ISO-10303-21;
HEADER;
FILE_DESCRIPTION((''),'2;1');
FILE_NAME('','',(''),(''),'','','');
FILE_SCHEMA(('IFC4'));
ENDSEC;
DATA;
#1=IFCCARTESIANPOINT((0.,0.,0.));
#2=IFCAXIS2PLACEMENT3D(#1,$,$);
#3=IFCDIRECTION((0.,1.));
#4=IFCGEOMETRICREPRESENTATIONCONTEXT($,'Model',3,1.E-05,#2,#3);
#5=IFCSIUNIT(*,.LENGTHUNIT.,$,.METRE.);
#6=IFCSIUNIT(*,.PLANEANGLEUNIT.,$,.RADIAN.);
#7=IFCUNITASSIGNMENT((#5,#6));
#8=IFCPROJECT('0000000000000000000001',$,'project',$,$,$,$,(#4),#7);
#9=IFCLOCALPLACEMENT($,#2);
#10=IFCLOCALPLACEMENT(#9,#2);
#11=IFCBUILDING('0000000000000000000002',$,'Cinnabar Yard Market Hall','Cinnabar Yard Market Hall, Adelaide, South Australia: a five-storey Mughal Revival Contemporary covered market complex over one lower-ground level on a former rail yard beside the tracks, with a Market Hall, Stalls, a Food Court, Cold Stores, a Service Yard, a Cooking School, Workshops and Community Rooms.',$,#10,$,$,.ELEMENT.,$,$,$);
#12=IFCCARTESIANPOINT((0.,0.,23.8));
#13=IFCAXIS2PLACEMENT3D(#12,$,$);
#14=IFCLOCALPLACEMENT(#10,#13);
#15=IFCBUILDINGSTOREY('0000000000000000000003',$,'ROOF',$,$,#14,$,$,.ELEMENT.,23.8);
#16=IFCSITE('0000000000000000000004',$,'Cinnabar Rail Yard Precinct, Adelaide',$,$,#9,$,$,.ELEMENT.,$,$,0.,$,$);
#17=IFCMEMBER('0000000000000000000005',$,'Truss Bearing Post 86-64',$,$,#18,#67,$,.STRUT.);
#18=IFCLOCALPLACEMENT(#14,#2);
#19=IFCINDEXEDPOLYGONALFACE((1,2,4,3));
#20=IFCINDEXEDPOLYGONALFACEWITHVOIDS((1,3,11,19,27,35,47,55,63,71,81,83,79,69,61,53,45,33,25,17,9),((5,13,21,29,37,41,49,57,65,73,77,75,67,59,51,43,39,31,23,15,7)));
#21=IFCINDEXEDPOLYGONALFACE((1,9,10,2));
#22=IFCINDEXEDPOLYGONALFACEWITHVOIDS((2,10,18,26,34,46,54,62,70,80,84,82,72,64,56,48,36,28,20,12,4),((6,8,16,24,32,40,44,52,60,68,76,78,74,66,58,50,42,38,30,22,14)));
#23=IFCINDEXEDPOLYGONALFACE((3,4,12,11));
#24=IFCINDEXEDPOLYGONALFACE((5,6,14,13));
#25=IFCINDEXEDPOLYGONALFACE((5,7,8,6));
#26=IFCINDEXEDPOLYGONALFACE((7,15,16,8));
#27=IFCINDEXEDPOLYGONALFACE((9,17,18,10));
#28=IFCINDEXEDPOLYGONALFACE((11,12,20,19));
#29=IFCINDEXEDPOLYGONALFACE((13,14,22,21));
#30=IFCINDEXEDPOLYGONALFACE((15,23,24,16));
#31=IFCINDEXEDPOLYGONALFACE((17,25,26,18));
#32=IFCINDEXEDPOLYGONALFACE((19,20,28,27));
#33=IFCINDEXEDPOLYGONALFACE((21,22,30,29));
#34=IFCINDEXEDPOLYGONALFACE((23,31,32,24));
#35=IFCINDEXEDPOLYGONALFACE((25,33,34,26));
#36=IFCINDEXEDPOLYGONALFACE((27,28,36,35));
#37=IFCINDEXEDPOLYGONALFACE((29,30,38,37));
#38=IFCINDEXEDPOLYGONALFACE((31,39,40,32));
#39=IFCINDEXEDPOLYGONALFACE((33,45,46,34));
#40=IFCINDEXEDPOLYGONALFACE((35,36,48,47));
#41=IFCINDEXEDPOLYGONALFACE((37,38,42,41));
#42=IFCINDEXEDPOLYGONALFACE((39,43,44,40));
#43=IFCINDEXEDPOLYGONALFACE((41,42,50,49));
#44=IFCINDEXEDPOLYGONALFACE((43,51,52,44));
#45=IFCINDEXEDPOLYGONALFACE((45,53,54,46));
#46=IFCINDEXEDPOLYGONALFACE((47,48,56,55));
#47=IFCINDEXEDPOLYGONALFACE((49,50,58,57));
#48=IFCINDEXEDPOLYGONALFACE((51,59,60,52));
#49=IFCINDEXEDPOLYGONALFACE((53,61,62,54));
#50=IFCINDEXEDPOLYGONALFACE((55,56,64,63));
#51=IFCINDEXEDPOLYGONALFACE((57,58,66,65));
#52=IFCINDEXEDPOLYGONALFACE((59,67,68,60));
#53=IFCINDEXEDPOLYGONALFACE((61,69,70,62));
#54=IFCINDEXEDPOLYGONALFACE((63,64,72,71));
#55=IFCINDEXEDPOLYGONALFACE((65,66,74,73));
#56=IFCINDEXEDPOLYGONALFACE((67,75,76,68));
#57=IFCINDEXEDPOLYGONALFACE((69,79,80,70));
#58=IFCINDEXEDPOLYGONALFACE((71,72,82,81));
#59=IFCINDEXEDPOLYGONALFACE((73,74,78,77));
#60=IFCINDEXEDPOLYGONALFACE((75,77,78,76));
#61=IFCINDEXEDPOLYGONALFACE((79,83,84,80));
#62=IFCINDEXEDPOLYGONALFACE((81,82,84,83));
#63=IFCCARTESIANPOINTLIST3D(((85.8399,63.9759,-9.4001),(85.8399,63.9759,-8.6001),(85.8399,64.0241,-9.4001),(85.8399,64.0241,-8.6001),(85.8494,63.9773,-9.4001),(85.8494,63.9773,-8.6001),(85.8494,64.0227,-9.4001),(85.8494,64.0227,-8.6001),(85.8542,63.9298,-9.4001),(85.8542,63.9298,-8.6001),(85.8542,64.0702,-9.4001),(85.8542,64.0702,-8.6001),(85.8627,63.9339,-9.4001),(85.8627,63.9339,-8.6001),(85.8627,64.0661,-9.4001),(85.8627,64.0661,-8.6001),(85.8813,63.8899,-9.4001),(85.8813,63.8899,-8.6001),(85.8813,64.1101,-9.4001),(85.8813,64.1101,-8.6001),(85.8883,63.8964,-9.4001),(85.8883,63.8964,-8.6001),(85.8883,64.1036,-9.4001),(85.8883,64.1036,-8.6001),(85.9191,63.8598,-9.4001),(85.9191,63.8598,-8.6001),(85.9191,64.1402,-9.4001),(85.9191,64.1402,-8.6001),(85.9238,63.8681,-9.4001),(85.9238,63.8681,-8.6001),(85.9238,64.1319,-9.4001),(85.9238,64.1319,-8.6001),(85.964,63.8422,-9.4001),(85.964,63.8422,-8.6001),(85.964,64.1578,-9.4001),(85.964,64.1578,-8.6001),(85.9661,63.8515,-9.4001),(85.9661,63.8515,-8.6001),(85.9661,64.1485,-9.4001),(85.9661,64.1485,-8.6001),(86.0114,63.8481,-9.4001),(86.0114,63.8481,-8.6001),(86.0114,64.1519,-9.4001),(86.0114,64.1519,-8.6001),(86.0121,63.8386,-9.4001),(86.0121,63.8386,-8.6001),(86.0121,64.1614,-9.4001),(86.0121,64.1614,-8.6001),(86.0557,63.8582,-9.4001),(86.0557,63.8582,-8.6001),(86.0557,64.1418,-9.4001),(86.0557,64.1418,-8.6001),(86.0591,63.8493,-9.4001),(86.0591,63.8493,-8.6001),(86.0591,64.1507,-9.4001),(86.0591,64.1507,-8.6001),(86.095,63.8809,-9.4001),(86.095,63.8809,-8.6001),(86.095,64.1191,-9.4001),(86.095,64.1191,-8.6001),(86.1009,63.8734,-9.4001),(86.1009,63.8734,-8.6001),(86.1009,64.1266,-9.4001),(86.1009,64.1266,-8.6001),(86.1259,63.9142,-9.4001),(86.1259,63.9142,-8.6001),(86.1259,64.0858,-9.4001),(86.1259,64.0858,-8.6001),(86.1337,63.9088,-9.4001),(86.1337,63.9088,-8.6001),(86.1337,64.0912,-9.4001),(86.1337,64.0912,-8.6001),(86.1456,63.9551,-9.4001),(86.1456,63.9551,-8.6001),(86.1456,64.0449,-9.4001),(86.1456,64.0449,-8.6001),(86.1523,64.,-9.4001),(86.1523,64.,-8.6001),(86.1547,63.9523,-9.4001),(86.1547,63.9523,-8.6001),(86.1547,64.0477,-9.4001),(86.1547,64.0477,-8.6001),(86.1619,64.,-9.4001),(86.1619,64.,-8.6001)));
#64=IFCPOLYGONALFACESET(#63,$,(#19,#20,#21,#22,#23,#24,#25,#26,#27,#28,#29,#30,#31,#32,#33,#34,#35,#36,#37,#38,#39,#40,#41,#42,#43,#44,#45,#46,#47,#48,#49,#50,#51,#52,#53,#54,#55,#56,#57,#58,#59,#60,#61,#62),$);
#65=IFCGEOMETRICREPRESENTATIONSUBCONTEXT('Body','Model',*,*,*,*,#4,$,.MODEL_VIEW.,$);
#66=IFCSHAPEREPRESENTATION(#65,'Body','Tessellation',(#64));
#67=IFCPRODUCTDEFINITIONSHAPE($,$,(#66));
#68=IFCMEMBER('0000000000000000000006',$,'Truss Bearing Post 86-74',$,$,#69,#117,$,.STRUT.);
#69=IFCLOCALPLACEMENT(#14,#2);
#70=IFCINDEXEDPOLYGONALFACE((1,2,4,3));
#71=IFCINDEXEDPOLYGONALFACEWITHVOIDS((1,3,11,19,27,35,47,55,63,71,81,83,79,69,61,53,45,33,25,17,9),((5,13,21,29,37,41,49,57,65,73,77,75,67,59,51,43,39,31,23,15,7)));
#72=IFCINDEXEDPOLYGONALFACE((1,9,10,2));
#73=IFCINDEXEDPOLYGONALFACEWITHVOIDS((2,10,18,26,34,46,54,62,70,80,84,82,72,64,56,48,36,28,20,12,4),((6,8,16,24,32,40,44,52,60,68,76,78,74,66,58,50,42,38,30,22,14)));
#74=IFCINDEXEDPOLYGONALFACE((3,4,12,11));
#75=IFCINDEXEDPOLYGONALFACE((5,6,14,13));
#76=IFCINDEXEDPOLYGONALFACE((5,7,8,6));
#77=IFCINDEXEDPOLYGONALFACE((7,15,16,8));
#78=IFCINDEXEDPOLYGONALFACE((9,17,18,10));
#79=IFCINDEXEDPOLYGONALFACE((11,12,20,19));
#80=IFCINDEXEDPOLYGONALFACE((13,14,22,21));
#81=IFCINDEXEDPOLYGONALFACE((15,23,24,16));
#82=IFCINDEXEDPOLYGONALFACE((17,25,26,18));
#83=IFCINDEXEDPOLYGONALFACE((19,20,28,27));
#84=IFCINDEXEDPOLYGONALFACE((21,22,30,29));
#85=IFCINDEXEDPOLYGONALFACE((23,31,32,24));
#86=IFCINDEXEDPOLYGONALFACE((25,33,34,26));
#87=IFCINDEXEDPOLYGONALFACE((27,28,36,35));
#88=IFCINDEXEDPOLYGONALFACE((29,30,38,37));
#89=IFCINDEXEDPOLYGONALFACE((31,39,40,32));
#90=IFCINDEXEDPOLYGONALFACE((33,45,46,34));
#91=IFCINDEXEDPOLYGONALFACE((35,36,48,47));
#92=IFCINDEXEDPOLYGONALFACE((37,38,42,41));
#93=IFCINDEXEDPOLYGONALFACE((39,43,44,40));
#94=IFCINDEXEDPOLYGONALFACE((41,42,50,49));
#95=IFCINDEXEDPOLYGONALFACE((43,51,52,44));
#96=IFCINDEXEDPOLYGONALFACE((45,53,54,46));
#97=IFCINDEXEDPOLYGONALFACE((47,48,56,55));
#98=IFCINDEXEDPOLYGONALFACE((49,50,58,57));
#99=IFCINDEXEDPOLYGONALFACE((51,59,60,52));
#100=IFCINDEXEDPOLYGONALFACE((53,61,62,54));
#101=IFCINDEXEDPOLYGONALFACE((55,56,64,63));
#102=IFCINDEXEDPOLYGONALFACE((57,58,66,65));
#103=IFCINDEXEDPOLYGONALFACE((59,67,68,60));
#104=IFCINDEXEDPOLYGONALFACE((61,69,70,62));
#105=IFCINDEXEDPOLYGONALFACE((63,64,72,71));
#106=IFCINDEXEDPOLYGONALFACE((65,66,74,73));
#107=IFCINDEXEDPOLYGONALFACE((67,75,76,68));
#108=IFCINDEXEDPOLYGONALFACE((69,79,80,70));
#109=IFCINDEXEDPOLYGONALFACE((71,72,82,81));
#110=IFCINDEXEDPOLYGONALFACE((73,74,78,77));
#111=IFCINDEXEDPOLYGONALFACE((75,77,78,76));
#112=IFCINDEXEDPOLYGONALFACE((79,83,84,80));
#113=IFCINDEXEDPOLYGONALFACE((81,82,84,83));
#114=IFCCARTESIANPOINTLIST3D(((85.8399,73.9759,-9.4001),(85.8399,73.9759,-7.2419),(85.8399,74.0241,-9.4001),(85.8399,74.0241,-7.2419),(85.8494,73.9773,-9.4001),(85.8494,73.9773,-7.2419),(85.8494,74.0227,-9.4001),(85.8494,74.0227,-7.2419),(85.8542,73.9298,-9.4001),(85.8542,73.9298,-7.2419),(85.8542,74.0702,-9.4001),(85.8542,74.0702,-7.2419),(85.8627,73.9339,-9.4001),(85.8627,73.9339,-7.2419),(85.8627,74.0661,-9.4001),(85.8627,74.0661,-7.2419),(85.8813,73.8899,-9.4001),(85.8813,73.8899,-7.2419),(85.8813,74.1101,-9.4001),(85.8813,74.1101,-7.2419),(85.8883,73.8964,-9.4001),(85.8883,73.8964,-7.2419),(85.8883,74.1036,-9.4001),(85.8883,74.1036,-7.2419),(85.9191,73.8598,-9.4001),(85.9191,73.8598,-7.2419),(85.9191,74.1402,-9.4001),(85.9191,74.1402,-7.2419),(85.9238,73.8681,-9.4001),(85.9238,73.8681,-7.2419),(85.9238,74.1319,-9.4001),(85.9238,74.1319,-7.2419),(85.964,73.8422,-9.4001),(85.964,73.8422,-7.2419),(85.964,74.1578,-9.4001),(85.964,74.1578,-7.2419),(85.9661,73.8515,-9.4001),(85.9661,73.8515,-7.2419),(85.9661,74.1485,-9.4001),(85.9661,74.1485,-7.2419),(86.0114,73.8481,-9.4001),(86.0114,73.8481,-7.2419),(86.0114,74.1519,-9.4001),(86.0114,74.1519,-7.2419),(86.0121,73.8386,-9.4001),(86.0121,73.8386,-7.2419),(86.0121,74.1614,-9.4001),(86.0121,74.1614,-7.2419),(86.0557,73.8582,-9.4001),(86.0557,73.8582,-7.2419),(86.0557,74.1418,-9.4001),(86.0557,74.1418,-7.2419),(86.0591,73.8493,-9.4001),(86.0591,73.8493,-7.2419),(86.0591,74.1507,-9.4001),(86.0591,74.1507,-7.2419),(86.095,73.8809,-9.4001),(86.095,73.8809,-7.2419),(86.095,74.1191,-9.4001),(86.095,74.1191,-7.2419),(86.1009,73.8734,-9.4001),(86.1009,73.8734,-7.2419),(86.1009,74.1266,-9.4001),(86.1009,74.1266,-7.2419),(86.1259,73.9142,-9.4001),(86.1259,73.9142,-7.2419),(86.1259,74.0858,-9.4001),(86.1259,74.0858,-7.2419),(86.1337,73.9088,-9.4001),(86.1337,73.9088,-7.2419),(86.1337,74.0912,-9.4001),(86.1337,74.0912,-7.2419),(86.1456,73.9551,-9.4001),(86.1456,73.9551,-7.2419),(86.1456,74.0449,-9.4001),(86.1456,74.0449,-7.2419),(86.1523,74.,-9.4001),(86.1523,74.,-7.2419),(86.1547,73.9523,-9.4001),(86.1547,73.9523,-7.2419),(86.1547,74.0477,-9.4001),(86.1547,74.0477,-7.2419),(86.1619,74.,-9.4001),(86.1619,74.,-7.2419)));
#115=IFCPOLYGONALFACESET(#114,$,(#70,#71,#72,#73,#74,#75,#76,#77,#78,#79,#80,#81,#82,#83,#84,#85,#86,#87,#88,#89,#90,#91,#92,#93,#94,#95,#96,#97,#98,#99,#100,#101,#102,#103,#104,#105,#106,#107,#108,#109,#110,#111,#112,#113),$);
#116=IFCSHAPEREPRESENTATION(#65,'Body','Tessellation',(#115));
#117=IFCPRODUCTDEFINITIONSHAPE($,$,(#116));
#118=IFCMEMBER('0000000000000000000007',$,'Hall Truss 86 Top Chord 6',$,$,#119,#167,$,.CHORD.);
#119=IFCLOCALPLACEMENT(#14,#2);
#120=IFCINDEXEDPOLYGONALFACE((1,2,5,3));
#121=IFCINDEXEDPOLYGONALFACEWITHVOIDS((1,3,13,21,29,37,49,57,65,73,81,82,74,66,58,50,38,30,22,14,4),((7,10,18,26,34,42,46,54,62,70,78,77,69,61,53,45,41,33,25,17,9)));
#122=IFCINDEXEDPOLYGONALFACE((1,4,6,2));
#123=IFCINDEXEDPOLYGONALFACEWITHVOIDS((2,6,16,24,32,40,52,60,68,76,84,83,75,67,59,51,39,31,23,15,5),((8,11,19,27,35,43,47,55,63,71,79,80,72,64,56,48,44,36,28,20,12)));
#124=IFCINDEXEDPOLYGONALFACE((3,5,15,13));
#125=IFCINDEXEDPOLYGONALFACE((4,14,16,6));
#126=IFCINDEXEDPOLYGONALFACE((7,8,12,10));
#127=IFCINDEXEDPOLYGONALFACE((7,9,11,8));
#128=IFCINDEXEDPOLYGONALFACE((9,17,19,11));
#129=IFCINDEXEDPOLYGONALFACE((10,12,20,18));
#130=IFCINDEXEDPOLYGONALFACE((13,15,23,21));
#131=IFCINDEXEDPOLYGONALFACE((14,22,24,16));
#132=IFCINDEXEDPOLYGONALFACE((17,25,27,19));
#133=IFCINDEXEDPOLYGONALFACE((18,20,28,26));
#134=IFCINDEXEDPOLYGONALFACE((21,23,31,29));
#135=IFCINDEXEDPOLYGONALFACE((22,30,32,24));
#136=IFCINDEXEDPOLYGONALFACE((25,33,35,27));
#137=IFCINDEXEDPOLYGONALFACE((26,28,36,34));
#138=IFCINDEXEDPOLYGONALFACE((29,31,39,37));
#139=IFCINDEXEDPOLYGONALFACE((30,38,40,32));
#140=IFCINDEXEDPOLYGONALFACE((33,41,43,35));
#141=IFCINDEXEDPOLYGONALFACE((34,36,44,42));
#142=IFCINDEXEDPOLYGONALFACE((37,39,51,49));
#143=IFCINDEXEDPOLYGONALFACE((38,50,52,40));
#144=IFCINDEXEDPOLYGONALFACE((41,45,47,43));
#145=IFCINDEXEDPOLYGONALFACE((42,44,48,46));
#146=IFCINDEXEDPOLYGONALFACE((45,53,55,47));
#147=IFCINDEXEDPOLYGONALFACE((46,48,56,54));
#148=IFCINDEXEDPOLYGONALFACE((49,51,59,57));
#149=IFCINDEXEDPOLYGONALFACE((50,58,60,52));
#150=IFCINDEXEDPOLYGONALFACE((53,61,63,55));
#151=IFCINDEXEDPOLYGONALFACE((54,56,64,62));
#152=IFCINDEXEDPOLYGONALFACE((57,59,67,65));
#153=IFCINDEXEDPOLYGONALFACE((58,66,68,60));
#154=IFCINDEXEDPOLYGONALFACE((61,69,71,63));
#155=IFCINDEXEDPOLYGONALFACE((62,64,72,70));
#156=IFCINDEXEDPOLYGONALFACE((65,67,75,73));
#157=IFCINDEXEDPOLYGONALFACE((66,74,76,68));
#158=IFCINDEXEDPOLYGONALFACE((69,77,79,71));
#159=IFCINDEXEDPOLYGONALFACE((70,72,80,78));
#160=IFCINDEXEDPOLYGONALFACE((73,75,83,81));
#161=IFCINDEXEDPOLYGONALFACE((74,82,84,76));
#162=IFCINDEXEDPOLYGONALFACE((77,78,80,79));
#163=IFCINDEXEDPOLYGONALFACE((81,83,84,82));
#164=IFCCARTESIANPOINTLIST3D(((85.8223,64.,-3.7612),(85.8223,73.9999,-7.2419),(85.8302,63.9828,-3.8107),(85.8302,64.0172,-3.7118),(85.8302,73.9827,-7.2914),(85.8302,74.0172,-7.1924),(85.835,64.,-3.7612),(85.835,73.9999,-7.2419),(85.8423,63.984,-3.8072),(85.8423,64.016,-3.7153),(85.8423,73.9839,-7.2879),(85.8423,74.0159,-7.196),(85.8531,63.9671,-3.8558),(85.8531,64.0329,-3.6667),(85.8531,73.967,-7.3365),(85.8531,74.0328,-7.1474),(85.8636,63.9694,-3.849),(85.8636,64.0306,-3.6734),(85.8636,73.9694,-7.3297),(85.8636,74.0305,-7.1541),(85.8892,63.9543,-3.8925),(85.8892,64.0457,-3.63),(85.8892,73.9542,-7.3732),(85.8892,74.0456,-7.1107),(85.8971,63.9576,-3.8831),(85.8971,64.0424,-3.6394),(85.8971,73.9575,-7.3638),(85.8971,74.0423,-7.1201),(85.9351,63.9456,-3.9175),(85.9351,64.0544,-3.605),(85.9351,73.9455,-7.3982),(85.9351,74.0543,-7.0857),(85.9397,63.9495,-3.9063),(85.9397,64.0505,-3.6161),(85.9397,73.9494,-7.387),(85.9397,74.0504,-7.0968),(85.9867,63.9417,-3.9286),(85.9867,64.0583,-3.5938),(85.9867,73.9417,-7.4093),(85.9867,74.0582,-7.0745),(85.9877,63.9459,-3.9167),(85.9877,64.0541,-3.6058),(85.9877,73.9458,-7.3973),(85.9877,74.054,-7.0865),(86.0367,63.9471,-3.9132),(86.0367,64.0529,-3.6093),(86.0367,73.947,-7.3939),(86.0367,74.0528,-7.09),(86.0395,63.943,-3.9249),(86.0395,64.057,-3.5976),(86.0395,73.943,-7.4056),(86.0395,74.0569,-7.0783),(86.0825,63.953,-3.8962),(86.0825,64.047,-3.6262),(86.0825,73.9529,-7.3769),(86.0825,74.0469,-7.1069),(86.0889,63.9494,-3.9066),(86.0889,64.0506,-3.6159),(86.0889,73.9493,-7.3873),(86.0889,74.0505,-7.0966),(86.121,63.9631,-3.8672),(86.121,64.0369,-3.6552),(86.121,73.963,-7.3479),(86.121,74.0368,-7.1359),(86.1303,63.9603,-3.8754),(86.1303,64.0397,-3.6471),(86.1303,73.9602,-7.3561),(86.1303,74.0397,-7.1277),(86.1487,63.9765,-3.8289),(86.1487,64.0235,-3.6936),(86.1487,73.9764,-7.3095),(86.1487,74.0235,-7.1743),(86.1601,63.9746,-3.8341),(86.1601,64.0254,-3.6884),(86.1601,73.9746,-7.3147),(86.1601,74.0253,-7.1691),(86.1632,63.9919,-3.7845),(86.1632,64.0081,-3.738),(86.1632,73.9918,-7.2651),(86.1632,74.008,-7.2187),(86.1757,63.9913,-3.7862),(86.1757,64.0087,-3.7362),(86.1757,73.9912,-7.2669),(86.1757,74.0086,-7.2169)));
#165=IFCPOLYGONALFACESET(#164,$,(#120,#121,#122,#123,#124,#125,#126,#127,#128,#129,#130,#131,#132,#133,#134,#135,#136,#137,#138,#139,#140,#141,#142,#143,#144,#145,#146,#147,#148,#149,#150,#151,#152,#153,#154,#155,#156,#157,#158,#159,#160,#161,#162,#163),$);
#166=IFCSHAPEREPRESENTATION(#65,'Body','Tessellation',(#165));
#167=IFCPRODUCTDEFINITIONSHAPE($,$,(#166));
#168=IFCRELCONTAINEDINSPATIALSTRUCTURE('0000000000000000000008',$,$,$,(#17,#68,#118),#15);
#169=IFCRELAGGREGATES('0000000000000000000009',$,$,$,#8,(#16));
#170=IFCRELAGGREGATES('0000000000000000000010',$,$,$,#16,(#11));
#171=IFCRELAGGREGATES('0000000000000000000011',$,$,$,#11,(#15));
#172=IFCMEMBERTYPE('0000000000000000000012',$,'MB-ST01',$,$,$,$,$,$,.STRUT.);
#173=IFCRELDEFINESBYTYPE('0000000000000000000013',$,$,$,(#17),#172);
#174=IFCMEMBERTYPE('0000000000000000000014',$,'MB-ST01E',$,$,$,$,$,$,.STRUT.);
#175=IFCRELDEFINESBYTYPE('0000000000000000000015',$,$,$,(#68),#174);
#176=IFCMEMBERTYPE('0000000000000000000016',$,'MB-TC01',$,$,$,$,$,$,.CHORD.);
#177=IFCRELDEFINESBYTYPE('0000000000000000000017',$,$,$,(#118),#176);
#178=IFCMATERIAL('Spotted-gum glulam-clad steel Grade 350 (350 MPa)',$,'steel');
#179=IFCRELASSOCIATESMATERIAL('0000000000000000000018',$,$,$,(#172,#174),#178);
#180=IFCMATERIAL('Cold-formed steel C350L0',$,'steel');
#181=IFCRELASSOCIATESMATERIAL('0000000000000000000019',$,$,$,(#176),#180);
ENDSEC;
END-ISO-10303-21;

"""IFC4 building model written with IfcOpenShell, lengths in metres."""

from ifc_helpers import new_model, si_unit, direction, frame, origin, origin_2d_with_axis, place, context, subcontext, project, spatial, hollow_circle, extrude, material, material_profile, profile_set, type_object, element, save


model = new_model("IFC4")

# Units and contexts
model_context = context("Model", 3, precision=1e-05, world=origin(), true_north=direction((0.0, 1.0)))
body_context = subcontext(model_context, "Body", "Model", "MODEL_VIEW")
ifc_project = project(units=[si_unit("LENGTHUNIT", "METRE"), si_unit("PLANEANGLEUNIT", "RADIAN")], contexts=[model_context])

# Site, building, storey
site_placement = place(None, origin())
site = spatial("IfcSite", under=ifc_project, at=site_placement, Name="Cinnabar Rail Yard Precinct, Adelaide", CompositionType="ELEMENT", RefElevation=0.0)
building_placement = place(site_placement, origin())
building = spatial("IfcBuilding", under=site, at=building_placement, Name="Cinnabar Yard Market Hall", Description="Cinnabar Yard Market Hall, Adelaide, South Australia: a five-storey Mughal Revival Contemporary covered market complex over one lower-ground level on a former rail yard beside the tracks, with a Market Hall, Stalls, a Food Court, Cold Stores, a Service Yard, a Cooking School, Workshops and Community Rooms.", CompositionType="ELEMENT")
storey_placement = place(building_placement, frame((0.0, 0.0, 23.8)))
storey = spatial("IfcBuildingStorey", under=building, at=storey_placement, Name="ROOF", CompositionType="ELEMENT", Elevation=23.8)

# Shared definitions
ifc_material_1 = material(Name="Cold-formed steel C350L0", Category="steel")

# Members
ifc_material_2 = material(Name="Spotted-gum glulam-clad steel Grade 350 (350 MPa)", Category="steel")
ifc_material_profile_1 = material_profile(ifc_material_2, hollow_circle(Radius=0.1619, WallThickness=0.0095, at=origin_2d_with_axis()), Name="323.9x9.5CHS")
ifc_profile_set_1 = profile_set([ifc_material_profile_1], Name="Spotted-gum glulam-clad steel Grade 350 (350 MPa)")
member_type_1 = type_object("IfcMemberType", Name="MB-ST01", PredefinedType="STRUT", material=ifc_profile_set_1)
member_1_placement = place(storey_placement, frame((86.0, 64.0, -9.4001), z_axis=(0.0, 0.0, 1.0), x_axis=(1.0, 0.0, 0.0)))
element("IfcMember", 1, at=member_1_placement, inside=storey, type_object=member_type_1, Name="Truss Bearing Post 86-64", PredefinedType="STRUT", context=body_context, shape_type="SweptSolid", body=[
    extrude(hollow_circle(Radius=0.1619, WallThickness=0.0095, at=origin_2d_with_axis()), origin(), (0.0, 0.0, 1.0), 0.8),
])
ifc_material_profile_2 = material_profile(ifc_material_2, hollow_circle(Radius=0.1619, WallThickness=0.0095, at=origin_2d_with_axis()), Name="323.9x9.5CHS")
ifc_profile_set_2 = profile_set([ifc_material_profile_2], Name="Spotted-gum glulam-clad steel Grade 350 (350 MPa)")
member_type_2 = type_object("IfcMemberType", Name="MB-ST01E", PredefinedType="STRUT", material=ifc_profile_set_2)
member_2_placement = place(storey_placement, frame((86.0, 74.0, -9.4001), z_axis=(0.0, 0.0, 1.0), x_axis=(1.0, 0.0, 0.0)))
element("IfcMember", 2, at=member_2_placement, inside=storey, type_object=member_type_2, Name="Truss Bearing Post 86-74", PredefinedType="STRUT", context=body_context, shape_type="SweptSolid", body=[
    extrude(hollow_circle(Radius=0.1619, WallThickness=0.0095, at=origin_2d_with_axis()), origin(), (0.0, 0.0, 1.0), 2.1582),
])
ifc_material_profile_3 = material_profile(ifc_material_1, hollow_circle(Radius=0.1777, WallThickness=0.0127, at=origin_2d_with_axis()), Name="355.6x12.7CHS")
ifc_profile_set_3 = profile_set([ifc_material_profile_3], Name="Cold-formed steel C350L0")
member_type_3 = type_object("IfcMemberType", Name="MB-TC01", PredefinedType="CHORD", material=ifc_profile_set_3)
member_3_placement = place(storey_placement, frame((86.0, 64.0, -3.7612), z_axis=(0.0, 0.944425, -0.328727), x_axis=(-1.0, 0.0, 0.0)))
element("IfcMember", 3, at=member_3_placement, inside=storey, type_object=member_type_3, Name="Hall Truss 86 Top Chord 6", PredefinedType="CHORD", context=body_context, shape_type="SweptSolid", body=[
    extrude(hollow_circle(Radius=0.1777, WallThickness=0.0127, at=origin_2d_with_axis()), origin(), (0.0, 0.0, 1.0), 10.5884),
])

save(model, "model.ifc")
